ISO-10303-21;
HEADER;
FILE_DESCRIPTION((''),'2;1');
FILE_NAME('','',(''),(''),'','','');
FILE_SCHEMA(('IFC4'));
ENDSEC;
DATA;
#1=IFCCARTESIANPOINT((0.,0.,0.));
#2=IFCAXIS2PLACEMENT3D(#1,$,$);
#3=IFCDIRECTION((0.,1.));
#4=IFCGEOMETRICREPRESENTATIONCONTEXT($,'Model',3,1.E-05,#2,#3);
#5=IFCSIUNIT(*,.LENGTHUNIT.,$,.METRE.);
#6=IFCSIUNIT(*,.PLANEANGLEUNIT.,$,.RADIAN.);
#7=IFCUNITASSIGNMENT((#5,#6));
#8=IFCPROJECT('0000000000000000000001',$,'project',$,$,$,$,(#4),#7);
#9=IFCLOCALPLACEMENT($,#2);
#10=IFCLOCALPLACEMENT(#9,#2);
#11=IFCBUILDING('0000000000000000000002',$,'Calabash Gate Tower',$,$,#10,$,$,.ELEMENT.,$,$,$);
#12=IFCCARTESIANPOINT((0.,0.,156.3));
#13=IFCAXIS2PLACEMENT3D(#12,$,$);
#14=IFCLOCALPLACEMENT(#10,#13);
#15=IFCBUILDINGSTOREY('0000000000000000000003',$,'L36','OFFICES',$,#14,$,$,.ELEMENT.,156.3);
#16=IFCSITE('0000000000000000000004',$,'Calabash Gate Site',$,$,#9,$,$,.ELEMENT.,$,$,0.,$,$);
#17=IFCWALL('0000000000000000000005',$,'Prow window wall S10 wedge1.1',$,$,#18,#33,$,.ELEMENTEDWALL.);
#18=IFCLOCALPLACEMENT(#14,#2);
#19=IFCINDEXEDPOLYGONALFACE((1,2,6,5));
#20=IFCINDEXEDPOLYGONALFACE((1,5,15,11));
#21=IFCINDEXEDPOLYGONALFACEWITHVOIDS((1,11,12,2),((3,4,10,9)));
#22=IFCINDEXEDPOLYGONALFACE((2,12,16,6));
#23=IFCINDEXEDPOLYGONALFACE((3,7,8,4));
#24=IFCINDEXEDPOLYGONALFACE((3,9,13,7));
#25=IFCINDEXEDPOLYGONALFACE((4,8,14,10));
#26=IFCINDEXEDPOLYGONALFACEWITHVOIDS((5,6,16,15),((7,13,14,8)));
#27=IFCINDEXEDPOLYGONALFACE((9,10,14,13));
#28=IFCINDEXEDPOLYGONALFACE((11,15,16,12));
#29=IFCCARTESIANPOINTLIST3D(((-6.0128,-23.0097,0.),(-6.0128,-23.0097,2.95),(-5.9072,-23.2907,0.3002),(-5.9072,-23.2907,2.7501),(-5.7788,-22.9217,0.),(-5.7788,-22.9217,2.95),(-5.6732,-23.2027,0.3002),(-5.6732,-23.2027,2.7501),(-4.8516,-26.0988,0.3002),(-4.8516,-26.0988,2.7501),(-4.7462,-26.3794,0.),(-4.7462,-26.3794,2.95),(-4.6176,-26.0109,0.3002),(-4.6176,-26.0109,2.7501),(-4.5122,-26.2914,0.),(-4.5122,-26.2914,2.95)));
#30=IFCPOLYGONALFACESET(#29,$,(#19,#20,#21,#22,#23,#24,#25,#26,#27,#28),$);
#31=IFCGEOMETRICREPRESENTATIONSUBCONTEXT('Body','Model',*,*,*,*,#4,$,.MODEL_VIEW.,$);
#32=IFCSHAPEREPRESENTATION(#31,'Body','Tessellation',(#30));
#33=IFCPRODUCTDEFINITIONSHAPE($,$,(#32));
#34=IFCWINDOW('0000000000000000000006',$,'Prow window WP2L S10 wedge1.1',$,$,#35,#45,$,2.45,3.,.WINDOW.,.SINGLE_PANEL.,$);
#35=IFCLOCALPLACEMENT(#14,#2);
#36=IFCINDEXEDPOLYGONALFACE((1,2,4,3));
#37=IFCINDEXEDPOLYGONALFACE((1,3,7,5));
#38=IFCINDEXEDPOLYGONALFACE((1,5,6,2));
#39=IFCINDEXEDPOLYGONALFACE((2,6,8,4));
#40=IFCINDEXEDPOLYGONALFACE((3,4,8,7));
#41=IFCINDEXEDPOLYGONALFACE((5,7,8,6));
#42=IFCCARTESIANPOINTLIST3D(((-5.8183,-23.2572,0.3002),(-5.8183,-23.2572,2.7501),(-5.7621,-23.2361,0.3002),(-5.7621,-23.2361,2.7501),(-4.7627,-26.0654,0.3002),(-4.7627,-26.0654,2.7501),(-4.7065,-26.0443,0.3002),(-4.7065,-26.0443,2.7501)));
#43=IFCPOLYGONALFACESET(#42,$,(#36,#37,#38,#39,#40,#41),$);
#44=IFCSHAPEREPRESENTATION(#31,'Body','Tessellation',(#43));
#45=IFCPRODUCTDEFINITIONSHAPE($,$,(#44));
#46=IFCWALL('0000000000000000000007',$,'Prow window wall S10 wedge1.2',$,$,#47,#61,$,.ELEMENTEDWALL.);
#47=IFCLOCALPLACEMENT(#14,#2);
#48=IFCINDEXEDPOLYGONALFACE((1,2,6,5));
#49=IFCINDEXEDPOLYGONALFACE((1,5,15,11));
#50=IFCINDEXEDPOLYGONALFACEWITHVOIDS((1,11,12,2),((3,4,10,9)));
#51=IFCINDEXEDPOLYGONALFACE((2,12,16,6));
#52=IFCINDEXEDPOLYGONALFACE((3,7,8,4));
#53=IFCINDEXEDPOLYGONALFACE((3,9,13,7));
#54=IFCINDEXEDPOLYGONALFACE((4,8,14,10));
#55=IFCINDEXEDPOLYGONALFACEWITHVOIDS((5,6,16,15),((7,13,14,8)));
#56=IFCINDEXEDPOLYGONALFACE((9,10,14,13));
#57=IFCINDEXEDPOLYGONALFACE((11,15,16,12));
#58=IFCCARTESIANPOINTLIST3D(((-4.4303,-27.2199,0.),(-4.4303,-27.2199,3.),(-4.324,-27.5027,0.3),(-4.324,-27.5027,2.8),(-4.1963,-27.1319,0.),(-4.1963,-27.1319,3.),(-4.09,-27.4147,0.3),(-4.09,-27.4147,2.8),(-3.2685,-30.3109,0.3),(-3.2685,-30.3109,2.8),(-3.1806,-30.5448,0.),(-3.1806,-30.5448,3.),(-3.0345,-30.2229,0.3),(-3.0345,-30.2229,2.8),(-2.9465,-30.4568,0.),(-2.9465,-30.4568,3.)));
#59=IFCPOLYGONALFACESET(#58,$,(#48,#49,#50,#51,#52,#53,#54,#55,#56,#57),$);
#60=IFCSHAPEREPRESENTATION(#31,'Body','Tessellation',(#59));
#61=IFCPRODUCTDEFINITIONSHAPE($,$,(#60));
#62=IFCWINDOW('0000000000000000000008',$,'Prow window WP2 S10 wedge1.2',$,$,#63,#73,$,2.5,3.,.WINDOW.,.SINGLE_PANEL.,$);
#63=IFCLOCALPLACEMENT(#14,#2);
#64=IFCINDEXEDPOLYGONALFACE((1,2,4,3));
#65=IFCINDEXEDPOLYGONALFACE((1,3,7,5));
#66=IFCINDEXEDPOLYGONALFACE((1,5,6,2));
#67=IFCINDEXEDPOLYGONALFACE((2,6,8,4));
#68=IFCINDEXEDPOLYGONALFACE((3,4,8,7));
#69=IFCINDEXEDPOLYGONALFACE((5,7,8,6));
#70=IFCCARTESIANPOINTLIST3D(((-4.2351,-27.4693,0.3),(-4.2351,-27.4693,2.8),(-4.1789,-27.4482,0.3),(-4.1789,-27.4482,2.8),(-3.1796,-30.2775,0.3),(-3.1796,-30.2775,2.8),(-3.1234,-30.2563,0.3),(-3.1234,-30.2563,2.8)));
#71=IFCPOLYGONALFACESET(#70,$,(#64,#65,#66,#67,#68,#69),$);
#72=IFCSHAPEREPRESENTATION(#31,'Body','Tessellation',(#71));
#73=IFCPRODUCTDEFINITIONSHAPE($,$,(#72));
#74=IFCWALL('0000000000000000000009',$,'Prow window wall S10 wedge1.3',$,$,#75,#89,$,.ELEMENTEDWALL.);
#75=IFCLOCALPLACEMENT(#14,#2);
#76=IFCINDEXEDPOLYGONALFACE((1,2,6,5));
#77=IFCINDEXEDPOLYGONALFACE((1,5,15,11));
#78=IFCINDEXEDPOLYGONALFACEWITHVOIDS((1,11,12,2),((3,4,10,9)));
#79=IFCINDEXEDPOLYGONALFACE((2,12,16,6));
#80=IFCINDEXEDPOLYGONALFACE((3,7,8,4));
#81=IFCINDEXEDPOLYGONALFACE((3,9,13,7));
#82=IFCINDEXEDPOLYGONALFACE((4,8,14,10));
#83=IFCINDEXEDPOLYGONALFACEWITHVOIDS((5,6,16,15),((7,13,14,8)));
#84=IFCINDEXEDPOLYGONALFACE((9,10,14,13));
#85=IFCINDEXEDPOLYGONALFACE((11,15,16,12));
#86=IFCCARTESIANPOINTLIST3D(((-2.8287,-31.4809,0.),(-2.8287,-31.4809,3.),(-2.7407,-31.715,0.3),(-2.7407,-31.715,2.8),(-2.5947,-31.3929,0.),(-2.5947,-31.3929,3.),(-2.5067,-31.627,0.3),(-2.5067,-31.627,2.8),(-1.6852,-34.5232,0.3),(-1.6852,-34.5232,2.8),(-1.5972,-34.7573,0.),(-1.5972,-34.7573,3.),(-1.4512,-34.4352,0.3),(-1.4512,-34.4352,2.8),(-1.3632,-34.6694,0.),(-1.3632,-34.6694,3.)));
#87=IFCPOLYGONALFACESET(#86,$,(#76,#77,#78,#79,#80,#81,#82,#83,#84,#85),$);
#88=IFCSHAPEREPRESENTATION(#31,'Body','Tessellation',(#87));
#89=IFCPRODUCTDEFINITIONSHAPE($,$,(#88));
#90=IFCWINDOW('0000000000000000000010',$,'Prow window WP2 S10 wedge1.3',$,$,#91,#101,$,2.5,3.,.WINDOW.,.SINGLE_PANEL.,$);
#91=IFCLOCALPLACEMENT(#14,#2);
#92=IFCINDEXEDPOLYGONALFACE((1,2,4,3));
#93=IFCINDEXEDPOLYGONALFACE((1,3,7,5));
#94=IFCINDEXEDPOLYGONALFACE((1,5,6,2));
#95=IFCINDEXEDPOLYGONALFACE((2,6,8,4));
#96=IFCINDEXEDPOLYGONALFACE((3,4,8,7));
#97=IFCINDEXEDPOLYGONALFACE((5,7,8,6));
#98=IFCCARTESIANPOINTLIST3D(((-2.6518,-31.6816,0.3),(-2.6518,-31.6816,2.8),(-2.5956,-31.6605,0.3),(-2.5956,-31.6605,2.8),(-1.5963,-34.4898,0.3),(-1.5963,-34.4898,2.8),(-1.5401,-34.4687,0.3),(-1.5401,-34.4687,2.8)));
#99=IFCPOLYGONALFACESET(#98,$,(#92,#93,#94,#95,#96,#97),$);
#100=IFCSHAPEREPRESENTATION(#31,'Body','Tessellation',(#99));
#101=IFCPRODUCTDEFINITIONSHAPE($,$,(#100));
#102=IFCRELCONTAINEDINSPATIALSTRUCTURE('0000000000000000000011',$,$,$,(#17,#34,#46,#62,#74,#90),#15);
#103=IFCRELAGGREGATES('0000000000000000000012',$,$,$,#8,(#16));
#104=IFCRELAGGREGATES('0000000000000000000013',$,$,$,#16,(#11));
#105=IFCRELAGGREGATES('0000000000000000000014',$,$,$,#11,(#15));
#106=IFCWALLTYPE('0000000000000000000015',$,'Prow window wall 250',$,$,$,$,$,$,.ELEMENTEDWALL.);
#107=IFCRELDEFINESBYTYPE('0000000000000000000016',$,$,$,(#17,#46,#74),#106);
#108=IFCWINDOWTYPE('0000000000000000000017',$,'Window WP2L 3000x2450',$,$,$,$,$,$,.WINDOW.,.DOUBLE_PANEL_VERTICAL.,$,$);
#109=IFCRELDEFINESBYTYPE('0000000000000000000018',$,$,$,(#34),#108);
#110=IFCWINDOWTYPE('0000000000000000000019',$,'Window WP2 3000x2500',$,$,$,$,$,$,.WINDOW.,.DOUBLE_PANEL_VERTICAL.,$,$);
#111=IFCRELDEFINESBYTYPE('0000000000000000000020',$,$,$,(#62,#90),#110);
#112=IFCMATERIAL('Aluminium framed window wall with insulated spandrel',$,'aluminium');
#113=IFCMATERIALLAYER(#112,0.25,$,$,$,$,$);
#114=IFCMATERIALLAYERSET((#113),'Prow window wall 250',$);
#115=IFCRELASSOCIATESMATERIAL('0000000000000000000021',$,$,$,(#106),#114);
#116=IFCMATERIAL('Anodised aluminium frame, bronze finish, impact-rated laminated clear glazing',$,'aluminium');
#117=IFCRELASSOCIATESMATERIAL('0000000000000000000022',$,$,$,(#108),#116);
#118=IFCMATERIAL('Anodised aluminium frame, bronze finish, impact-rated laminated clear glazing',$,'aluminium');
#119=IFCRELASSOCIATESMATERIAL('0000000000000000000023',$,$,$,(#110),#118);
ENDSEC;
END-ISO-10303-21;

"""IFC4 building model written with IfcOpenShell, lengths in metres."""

from ifc_helpers import new_model, si_unit, direction, frame, frame_2d, origin, place, context, subcontext, project, spatial, rectangle, extrude, material, layer, layer_set, type_object, element, fill, save


model = new_model("IFC4")

# Units and contexts
model_context = context("Model", 3, precision=1e-05, world=origin(), true_north=direction((0.0, 1.0)))
body_context = subcontext(model_context, "Body", "Model", "MODEL_VIEW")
ifc_project = project(units=[si_unit("LENGTHUNIT", "METRE"), si_unit("PLANEANGLEUNIT", "RADIAN")], contexts=[model_context])

# Site, building, storey
site_placement = place(None, origin())
site = spatial("IfcSite", under=ifc_project, at=site_placement, Name="Calabash Gate Site", CompositionType="ELEMENT", RefElevation=0.0)
building_placement = place(site_placement, origin())
building = spatial("IfcBuilding", under=site, at=building_placement, Name="Calabash Gate Tower", CompositionType="ELEMENT")
storey_placement = place(building_placement, frame((0.0, 0.0, 156.3)))
storey = spatial("IfcBuildingStorey", under=building, at=storey_placement, Name="L36", Description="OFFICES", CompositionType="ELEMENT", Elevation=156.3)

# Walls, openings, windows
ifc_material_1 = material(Name="Aluminium framed window wall with insulated spandrel", Category="aluminium")
ifc_layer_1 = layer(ifc_material_1, 0.25)
ifc_layer_set_1 = layer_set([ifc_layer_1], Name="Prow window wall 250")
wall_type_1 = type_object("IfcWallType", Name="Prow window wall 250", PredefinedType="ELEMENTEDWALL", material=ifc_layer_set_1)
wall_1_placement = place(storey_placement, frame((-5.8958, -22.9658, 0.0), z_axis=(0.0, 0.0, 1.0), x_axis=(0.351852, -0.936056, 0.0)))
wall_1 = element("IfcWall", 1, at=wall_1_placement, inside=storey, type_object=wall_type_1, Name="Prow window wall S10 wedge1.1", PredefinedType="ELEMENTEDWALL", context=body_context, shape_type="SweptSolid", body=[
    extrude(rectangle(XDim=3.5999, YDim=0.25, at=frame_2d((1.7998, 0.0))), origin(), (0.0, 0.0, 1.0), 2.95),
])
opening_1_placement = place(wall_1_placement, frame((0.3, 0.0, 0.3)))
opening_1 = element("IfcOpeningElement", 2, at=opening_1_placement, cuts=wall_1, PredefinedType="OPENING", context=body_context, shape_type="SweptSolid", body=[
    extrude(rectangle(XDim=3.0, YDim=2.45, at=frame_2d((1.5, 1.2251))), frame((0.0, 0.135, 0.0), z_axis=(0.0, -1.0, 0.0), x_axis=(1.0, 0.0, 0.0)), (0.0, 0.0, 1.0), 0.27),
])
ifc_material_2 = material(Name="Anodised aluminium frame, bronze finish, impact-rated laminated clear glazing", Category="aluminium")
window_type_1 = type_object("IfcWindowType", Name="Window WP2L 3000x2450", PartitioningType="DOUBLE_PANEL_VERTICAL", PredefinedType="WINDOW", material=ifc_material_2)
window_1_placement = place(opening_1_placement, origin())
window_1 = element("IfcWindow", 3, at=window_1_placement, inside=storey, type_object=window_type_1, Name="Prow window WP2L S10 wedge1.1", OverallHeight=2.45, OverallWidth=3.0, PartitioningType="SINGLE_PANEL", PredefinedType="WINDOW", context=body_context, shape_type="SweptSolid", body=[
    extrude(rectangle(XDim=3.0, YDim=2.45, at=frame_2d((1.5, 1.2251))), frame((0.0, 0.03, 0.0), z_axis=(0.0, -1.0, 0.0), x_axis=(1.0, 0.0, 0.0)), (0.0, 0.0, 1.0), 0.0601),
])
fill(opening_1, window_1)
wall_2_placement = place(storey_placement, frame((-4.3132, -27.176, 0.0), z_axis=(0.0, 0.0, 1.0), x_axis=(0.351839, -0.936061, 0.0)))
wall_2 = element("IfcWall", 4, at=wall_2_placement, inside=storey, type_object=wall_type_1, Name="Prow window wall S10 wedge1.2", PredefinedType="ELEMENTEDWALL", context=body_context, shape_type="SweptSolid", body=[
    extrude(rectangle(XDim=3.552, YDim=0.25, at=frame_2d((1.7759, 0.0))), origin(), (0.0, 0.0, 1.0), 3.0),
])
opening_2_placement = place(wall_2_placement, frame((0.302, 0.0, 0.3)))
opening_2 = element("IfcOpeningElement", 5, at=opening_2_placement, cuts=wall_2, PredefinedType="OPENING", context=body_context, shape_type="SweptSolid", body=[
    extrude(rectangle(XDim=3.0, YDim=2.5, at=frame_2d((1.5, 1.25))), frame((0.0, 0.135, 0.0), z_axis=(0.0, -1.0, 0.0), x_axis=(1.0, 0.0, 0.0)), (0.0, 0.0, 1.0), 0.27),
])
ifc_material_3 = material(Name="Anodised aluminium frame, bronze finish, impact-rated laminated clear glazing", Category="aluminium")
window_type_2 = type_object("IfcWindowType", Name="Window WP2 3000x2500", PartitioningType="DOUBLE_PANEL_VERTICAL", PredefinedType="WINDOW", material=ifc_material_3)
window_2_placement = place(opening_2_placement, origin())
window_2 = element("IfcWindow", 6, at=window_2_placement, inside=storey, type_object=window_type_2, Name="Prow window WP2 S10 wedge1.2", OverallHeight=2.5, OverallWidth=3.0, PartitioningType="SINGLE_PANEL", PredefinedType="WINDOW", context=body_context, shape_type="SweptSolid", body=[
    extrude(rectangle(XDim=3.0, YDim=2.5, at=frame_2d((1.5, 1.25))), frame((0.0, 0.03, 0.0), z_axis=(0.0, -1.0, 0.0), x_axis=(1.0, 0.0, 0.0)), (0.0, 0.0, 1.0), 0.0601),
])
fill(opening_2, window_2)
wall_3_placement = place(storey_placement, frame((-2.7117, -31.437, 0.0), z_axis=(0.0, 0.0, 1.0), x_axis=(0.351827, -0.936065, 0.0)))
wall_3 = element("IfcWall", 7, at=wall_3_placement, inside=storey, type_object=wall_type_1, Name="Prow window wall S10 wedge1.3", PredefinedType="ELEMENTEDWALL", context=body_context, shape_type="SweptSolid", body=[
    extrude(rectangle(XDim=3.5002, YDim=0.25, at=frame_2d((1.75, 0.0))), origin(), (0.0, 0.0, 1.0), 3.0),
])
opening_3_placement = place(wall_3_placement, frame((0.25, 0.0, 0.3)))
opening_3 = element("IfcOpeningElement", 8, at=opening_3_placement, cuts=wall_3, PredefinedType="OPENING", context=body_context, shape_type="SweptSolid", body=[
    extrude(rectangle(XDim=3.0, YDim=2.5, at=frame_2d((1.5, 1.25))), frame((0.0, 0.135, 0.0), z_axis=(0.0, -1.0, 0.0), x_axis=(1.0, 0.0, 0.0)), (0.0, 0.0, 1.0), 0.27),
])
window_3_placement = place(opening_3_placement, origin())
window_3 = element("IfcWindow", 9, at=window_3_placement, inside=storey, type_object=window_type_2, Name="Prow window WP2 S10 wedge1.3", OverallHeight=2.5, OverallWidth=3.0, PartitioningType="SINGLE_PANEL", PredefinedType="WINDOW", context=body_context, shape_type="SweptSolid", body=[
    extrude(rectangle(XDim=3.0, YDim=2.5, at=frame_2d((1.5, 1.25))), frame((0.0, 0.03, 0.0), z_axis=(0.0, -1.0, 0.0), x_axis=(1.0, 0.0, 0.0)), (0.0, 0.0, 1.0), 0.0601),
])
fill(opening_3, window_3)

save(model, "model.ifc")
